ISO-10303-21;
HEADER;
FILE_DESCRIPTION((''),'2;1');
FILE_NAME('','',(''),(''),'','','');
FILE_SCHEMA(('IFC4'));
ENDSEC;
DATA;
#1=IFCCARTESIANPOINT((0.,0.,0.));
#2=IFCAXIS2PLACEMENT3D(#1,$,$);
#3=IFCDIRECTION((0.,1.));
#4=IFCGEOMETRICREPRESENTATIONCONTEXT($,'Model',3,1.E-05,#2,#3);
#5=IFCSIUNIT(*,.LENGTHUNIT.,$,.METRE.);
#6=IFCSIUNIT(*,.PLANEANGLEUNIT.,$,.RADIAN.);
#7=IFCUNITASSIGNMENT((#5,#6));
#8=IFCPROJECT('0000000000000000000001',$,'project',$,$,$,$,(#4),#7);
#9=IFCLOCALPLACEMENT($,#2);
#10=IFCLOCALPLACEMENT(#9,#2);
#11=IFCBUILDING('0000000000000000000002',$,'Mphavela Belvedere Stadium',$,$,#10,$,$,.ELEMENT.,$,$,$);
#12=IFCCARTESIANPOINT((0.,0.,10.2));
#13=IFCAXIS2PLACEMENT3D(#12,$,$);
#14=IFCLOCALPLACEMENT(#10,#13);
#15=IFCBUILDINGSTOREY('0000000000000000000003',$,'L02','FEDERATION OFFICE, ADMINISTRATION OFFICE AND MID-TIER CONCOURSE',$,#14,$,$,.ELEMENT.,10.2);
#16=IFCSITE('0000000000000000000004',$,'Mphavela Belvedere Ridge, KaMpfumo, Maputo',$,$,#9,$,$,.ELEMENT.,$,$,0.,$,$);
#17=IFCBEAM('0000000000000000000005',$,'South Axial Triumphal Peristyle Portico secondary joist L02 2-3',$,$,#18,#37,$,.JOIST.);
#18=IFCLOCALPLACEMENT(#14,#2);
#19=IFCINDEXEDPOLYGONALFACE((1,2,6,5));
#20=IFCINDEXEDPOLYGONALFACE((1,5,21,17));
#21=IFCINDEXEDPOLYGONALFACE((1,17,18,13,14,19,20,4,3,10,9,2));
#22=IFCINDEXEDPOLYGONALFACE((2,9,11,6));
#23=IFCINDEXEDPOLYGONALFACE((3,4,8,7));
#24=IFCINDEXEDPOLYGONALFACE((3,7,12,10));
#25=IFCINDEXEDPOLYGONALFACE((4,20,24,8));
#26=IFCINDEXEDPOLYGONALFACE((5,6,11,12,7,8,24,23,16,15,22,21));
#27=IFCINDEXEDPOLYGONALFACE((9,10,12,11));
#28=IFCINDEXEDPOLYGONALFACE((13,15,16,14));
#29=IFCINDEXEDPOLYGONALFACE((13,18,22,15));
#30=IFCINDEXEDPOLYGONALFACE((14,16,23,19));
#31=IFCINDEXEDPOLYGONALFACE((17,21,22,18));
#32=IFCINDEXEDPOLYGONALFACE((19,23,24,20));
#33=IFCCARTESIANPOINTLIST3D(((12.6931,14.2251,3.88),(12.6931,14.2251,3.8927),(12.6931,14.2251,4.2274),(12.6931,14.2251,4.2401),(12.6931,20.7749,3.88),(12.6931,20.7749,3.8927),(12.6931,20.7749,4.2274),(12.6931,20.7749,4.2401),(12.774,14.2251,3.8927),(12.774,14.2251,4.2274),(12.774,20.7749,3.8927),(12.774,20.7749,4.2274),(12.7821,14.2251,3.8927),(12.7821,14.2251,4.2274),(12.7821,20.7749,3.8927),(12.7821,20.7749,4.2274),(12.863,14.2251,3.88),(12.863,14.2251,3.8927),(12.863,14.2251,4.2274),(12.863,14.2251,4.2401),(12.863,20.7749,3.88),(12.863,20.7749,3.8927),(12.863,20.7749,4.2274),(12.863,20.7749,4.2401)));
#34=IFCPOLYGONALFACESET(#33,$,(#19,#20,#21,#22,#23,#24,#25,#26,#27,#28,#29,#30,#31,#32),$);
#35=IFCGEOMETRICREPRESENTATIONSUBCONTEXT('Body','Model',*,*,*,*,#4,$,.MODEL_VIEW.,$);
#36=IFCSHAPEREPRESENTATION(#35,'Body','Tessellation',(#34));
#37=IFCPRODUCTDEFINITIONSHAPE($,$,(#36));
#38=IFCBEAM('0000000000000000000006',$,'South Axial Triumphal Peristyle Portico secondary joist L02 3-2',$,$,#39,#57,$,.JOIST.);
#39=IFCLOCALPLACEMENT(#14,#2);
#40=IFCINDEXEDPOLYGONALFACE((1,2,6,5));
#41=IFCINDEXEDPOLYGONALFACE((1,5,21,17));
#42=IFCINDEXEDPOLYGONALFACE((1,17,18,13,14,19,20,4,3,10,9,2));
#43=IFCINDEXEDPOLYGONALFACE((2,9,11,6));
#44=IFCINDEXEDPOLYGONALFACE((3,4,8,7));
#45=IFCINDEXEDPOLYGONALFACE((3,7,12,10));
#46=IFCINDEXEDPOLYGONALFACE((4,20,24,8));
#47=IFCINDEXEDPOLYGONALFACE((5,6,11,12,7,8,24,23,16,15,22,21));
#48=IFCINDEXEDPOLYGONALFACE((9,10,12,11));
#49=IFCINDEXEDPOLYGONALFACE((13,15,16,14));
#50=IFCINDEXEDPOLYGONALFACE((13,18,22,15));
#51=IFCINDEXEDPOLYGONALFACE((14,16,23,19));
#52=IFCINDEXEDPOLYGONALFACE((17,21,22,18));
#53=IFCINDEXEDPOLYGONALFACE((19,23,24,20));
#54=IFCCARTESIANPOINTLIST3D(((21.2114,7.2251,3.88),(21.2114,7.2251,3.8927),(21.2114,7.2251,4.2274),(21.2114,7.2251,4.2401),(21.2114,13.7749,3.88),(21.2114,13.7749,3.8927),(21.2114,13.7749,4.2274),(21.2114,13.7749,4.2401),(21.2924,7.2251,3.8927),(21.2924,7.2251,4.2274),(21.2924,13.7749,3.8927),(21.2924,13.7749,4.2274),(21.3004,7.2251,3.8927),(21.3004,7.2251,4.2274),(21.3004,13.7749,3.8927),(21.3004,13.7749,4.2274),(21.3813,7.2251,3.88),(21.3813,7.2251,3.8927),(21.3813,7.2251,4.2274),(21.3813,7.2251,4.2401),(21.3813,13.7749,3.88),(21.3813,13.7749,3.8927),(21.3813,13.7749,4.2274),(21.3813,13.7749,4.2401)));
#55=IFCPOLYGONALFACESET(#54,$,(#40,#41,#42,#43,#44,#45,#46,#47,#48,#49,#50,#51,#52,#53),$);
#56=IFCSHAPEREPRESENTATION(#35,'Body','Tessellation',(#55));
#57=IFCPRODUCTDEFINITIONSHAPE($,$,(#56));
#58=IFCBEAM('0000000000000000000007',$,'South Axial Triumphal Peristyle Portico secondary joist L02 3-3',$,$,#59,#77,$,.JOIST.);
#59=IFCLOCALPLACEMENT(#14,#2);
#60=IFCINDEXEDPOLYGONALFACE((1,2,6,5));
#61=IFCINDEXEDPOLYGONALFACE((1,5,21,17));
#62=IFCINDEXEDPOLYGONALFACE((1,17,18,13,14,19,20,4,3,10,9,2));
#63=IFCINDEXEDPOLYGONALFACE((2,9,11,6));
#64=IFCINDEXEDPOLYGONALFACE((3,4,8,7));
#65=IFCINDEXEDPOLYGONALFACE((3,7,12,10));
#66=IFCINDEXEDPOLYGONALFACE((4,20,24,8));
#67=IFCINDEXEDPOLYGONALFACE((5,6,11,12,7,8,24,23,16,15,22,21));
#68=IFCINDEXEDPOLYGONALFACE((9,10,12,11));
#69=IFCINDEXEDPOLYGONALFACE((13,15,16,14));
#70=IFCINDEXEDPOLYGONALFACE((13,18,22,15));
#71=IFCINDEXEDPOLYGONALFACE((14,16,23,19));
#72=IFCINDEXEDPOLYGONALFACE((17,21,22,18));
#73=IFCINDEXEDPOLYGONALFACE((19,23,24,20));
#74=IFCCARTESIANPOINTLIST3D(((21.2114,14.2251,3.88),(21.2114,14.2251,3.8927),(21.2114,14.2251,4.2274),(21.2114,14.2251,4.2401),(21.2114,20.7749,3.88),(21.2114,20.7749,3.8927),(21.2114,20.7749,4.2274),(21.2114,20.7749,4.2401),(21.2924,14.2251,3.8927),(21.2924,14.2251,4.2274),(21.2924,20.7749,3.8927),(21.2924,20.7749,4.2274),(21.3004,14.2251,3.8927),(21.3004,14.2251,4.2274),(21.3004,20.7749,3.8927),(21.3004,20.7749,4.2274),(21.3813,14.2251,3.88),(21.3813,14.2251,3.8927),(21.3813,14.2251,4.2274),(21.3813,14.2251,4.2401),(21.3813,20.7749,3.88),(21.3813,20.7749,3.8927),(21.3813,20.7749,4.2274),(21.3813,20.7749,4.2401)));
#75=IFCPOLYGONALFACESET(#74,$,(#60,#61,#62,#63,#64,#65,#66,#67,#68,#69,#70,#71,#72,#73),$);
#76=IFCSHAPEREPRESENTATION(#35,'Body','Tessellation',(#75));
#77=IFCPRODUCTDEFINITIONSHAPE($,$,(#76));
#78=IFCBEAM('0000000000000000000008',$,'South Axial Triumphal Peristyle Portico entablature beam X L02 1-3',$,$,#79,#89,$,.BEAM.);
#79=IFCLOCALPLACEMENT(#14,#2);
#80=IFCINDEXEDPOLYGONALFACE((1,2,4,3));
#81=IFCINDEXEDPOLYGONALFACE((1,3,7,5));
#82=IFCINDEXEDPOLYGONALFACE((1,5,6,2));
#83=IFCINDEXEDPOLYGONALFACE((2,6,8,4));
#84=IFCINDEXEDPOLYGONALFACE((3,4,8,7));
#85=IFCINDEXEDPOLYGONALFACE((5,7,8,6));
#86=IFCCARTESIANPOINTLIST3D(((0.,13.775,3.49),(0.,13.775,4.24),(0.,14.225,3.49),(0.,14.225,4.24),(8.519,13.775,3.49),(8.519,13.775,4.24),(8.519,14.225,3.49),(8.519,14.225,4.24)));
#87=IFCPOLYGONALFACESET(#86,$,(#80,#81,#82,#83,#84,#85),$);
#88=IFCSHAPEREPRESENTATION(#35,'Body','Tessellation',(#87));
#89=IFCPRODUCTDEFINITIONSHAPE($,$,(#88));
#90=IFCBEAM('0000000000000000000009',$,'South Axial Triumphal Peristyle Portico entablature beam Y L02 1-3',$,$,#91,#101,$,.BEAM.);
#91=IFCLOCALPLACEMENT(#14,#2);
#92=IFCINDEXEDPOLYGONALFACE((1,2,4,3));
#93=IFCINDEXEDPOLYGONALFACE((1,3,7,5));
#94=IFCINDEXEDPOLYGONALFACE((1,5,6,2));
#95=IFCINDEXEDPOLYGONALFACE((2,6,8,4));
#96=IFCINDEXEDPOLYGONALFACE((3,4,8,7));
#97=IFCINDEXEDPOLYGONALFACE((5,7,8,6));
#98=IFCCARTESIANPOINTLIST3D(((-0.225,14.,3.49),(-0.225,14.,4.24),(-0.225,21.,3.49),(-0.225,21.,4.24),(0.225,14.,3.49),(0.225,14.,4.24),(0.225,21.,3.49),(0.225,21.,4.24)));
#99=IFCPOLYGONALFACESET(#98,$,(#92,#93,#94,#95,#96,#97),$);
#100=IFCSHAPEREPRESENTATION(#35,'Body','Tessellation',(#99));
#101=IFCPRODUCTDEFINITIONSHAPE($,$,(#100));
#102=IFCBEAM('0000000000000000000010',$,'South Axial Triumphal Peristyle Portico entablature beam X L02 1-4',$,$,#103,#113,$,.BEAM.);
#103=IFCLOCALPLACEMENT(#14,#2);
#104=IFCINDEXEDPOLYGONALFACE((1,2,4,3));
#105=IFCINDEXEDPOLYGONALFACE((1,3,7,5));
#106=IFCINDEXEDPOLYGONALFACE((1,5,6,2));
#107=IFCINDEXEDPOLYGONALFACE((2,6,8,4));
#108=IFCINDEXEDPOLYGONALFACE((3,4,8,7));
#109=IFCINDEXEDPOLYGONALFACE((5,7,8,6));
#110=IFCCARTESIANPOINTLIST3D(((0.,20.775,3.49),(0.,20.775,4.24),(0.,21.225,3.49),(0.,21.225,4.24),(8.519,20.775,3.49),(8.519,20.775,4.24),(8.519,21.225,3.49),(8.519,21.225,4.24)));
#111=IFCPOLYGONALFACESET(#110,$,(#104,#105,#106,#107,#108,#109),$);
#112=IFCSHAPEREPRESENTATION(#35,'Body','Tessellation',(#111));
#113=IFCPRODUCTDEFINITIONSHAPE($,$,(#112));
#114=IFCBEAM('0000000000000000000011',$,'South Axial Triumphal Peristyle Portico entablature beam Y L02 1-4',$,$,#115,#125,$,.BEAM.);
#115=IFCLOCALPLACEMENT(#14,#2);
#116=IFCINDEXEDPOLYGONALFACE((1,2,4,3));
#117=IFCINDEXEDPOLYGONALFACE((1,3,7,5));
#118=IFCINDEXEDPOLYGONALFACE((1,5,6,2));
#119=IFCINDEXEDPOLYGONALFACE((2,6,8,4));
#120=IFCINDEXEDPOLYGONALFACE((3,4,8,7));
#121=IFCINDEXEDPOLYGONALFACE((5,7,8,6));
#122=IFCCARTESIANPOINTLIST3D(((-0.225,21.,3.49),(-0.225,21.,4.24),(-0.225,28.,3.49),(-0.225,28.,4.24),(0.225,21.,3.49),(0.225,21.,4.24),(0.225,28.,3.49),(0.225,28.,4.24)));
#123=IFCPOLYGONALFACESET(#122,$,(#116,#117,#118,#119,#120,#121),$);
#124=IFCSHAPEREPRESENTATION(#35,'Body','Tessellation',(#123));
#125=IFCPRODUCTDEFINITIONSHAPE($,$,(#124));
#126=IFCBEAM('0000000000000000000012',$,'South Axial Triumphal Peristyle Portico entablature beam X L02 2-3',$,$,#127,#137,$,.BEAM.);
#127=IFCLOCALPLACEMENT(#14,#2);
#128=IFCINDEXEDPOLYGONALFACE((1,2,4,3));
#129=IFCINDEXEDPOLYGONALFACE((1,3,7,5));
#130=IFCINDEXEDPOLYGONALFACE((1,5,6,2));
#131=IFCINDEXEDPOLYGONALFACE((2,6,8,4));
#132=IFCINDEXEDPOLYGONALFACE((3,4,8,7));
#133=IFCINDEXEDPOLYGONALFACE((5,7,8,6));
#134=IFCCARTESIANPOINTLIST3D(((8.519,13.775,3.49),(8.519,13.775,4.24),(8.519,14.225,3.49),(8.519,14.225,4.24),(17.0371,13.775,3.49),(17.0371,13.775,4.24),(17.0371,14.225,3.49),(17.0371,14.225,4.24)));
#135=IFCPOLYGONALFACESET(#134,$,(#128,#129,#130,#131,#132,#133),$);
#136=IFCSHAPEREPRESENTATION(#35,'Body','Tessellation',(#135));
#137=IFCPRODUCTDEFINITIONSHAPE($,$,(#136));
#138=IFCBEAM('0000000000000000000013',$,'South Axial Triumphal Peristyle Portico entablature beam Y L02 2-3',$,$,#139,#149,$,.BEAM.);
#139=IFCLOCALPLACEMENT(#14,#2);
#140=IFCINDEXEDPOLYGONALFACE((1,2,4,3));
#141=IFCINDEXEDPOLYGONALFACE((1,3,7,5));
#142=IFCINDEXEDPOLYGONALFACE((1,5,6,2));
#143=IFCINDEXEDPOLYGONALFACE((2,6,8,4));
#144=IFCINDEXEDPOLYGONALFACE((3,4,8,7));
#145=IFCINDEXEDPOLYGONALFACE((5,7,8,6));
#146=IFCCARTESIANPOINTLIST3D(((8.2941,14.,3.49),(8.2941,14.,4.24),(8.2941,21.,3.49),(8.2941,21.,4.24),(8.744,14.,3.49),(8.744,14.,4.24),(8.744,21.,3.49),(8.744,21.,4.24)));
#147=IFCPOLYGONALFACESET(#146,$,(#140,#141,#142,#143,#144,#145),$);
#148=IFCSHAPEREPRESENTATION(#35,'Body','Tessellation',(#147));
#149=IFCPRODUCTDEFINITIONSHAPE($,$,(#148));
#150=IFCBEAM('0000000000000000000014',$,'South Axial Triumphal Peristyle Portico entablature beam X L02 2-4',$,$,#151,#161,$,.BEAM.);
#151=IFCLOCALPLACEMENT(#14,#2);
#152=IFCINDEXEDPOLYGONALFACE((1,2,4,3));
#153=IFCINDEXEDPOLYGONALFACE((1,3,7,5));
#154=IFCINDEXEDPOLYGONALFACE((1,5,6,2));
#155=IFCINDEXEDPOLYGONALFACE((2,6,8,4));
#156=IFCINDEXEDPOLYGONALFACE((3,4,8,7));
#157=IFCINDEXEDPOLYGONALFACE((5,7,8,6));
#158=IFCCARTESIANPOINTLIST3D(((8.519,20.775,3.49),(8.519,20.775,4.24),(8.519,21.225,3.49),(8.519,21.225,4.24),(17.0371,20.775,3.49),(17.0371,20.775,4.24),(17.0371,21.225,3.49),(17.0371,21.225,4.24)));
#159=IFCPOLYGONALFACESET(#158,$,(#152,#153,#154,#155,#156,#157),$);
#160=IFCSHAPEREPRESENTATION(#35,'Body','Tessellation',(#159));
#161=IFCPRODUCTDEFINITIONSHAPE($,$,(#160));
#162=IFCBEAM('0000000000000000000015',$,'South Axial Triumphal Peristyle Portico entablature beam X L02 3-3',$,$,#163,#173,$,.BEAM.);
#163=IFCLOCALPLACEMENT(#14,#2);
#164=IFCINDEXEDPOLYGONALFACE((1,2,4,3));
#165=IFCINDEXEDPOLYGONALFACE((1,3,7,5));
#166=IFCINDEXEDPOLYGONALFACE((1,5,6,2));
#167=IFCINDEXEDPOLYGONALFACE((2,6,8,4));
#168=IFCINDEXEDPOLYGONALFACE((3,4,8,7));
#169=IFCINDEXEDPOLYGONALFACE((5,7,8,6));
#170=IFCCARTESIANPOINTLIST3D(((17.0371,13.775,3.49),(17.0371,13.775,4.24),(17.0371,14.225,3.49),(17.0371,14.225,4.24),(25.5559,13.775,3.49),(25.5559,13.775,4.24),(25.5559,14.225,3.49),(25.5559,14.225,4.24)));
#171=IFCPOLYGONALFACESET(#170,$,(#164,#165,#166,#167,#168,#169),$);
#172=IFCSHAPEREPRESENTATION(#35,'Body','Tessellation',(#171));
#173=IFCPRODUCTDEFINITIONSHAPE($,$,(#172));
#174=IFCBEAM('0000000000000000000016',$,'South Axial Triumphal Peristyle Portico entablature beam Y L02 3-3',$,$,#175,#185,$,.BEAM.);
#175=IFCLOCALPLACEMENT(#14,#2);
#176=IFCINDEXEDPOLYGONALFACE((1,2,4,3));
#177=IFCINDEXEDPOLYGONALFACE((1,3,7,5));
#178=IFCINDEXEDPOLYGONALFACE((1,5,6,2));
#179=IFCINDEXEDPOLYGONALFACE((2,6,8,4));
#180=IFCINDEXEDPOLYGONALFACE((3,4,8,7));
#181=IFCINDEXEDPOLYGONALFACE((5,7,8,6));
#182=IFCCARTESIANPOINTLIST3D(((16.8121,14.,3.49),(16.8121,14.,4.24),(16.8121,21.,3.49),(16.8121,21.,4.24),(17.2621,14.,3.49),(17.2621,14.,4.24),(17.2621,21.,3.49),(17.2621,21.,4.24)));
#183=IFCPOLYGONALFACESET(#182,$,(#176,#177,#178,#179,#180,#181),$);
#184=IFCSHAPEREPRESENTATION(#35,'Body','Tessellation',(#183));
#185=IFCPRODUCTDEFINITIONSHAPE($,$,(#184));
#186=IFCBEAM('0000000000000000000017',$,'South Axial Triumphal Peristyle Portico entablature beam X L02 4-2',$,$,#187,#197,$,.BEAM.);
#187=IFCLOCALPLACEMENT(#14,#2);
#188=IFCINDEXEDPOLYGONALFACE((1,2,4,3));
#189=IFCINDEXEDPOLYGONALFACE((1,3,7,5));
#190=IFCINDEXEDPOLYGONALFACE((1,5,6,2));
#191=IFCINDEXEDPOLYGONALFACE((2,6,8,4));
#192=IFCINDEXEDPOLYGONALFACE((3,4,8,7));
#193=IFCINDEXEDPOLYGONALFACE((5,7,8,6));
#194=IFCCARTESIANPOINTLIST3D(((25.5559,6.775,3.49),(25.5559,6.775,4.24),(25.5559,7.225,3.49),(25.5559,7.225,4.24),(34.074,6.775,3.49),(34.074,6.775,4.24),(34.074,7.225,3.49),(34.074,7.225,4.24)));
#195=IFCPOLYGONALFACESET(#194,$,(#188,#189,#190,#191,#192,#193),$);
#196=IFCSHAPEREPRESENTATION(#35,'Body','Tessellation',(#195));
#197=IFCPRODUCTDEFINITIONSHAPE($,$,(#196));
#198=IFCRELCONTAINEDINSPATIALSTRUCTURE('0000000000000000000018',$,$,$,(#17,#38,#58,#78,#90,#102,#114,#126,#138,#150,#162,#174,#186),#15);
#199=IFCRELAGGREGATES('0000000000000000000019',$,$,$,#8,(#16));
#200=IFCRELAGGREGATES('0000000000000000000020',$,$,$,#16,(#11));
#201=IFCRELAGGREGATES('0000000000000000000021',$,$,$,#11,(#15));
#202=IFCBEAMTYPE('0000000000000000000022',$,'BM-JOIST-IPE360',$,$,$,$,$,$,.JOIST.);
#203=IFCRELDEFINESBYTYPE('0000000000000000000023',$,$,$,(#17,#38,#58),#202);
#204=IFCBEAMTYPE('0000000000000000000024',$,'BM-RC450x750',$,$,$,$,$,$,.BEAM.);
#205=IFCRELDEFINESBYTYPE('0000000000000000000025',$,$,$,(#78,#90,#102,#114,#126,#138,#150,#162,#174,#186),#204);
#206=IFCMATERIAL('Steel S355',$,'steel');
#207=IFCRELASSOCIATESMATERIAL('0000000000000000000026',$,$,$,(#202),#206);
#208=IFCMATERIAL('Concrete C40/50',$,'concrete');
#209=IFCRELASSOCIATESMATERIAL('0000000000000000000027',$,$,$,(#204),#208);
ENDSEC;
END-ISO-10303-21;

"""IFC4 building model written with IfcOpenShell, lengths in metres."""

from ifc_helpers import new_model, si_unit, direction, frame, origin, origin_2d, place, context, subcontext, project, spatial, rectangle, i_section, extrude, material, material_profile, profile_set, type_object, element, save


model = new_model("IFC4")

# Units and contexts
model_context = context("Model", 3, precision=1e-05, world=origin(), true_north=direction((0.0, 1.0)))
body_context = subcontext(model_context, "Body", "Model", "MODEL_VIEW")
ifc_project = project(units=[si_unit("LENGTHUNIT", "METRE"), si_unit("PLANEANGLEUNIT", "RADIAN")], contexts=[model_context])

# Site, building, storey
site_placement = place(None, origin())
site = spatial("IfcSite", under=ifc_project, at=site_placement, Name="Mphavela Belvedere Ridge, KaMpfumo, Maputo", CompositionType="ELEMENT", RefElevation=0.0)
building_placement = place(site_placement, origin())
building = spatial("IfcBuilding", under=site, at=building_placement, Name="Mphavela Belvedere Stadium", CompositionType="ELEMENT")
storey_placement = place(building_placement, frame((0.0, 0.0, 10.2)))
storey = spatial("IfcBuildingStorey", under=building, at=storey_placement, Name="L02", Description="FEDERATION OFFICE, ADMINISTRATION OFFICE AND MID-TIER CONCOURSE", CompositionType="ELEMENT", Elevation=10.2)

# Beams
ifc_material_1 = material(Name="Steel S355", Category="steel")
ifc_material_profile_1 = material_profile(ifc_material_1, i_section(OverallWidth=0.1699, OverallDepth=0.3601, WebThickness=0.0081, FlangeThickness=0.0127, at=origin_2d()), Name="IPE 360")
ifc_profile_set_1 = profile_set([ifc_material_profile_1], Name="Steel S355")
beam_type_1 = type_object("IfcBeamType", Name="BM-JOIST-IPE360", PredefinedType="JOIST", material=ifc_profile_set_1)
for number, where, z_axis, x_axis, name in (
    (1, (12.7781, 14.2251, 4.0601), (0.0, 1.0, 0.0), (-1.0, 0.0, 0.0), "South Axial Triumphal Peristyle Portico secondary joist L02 2-3"),
    (2, (21.2964, 7.2251, 4.0601), (0.0, 1.0, 0.0), (-1.0, 0.0, 0.0), "South Axial Triumphal Peristyle Portico secondary joist L02 3-2"),
    (3, (21.2964, 14.2251, 4.0601), (0.0, 1.0, 0.0), (-1.0, 0.0, 0.0), "South Axial Triumphal Peristyle Portico secondary joist L02 3-3"),
):
    element("IfcBeam", number, at=place(storey_placement, frame(where, z_axis=z_axis, x_axis=x_axis)), inside=storey, type_object=beam_type_1, Name=name, PredefinedType="JOIST", context=body_context, shape_type="SweptSolid", body=[
        extrude(i_section(OverallWidth=0.1699, OverallDepth=0.3601, WebThickness=0.0081, FlangeThickness=0.0127, at=origin_2d()), origin(), (0.0, 0.0, 1.0), 6.5498),
    ])
ifc_material_2 = material(Name="Concrete C40/50", Category="concrete")
ifc_material_profile_2 = material_profile(ifc_material_2, rectangle(XDim=0.45, YDim=0.75, at=origin_2d()), Name="RC 450x750")
ifc_profile_set_2 = profile_set([ifc_material_profile_2], Name="Concrete C40/50")
beam_type_2 = type_object("IfcBeamType", Name="BM-RC450x750", PredefinedType="BEAM", material=ifc_profile_set_2)
beam_1_placement = place(storey_placement, frame((0.0, 14.0, 3.865), z_axis=(1.0, 0.0, 0.0), x_axis=(0.0, 1.0, 0.0)))
element("IfcBeam", 4, at=beam_1_placement, inside=storey, type_object=beam_type_2, Name="South Axial Triumphal Peristyle Portico entablature beam X L02 1-3", PredefinedType="BEAM", context=body_context, shape_type="SweptSolid", body=[
    extrude(rectangle(XDim=0.45, YDim=0.75, at=origin_2d()), origin(), (0.0, 0.0, 1.0), 8.519),
])
beam_2_placement = place(storey_placement, frame((0.0, 14.0, 3.865), z_axis=(0.0, 1.0, 0.0), x_axis=(-1.0, 0.0, 0.0)))
element("IfcBeam", 5, at=beam_2_placement, inside=storey, type_object=beam_type_2, Name="South Axial Triumphal Peristyle Portico entablature beam Y L02 1-3", PredefinedType="BEAM", context=body_context, shape_type="SweptSolid", body=[
    extrude(rectangle(XDim=0.45, YDim=0.75, at=origin_2d()), origin(), (0.0, 0.0, 1.0), 7.0),
])
beam_3_placement = place(storey_placement, frame((0.0, 21.0, 3.865), z_axis=(1.0, 0.0, 0.0), x_axis=(0.0, 1.0, 0.0)))
element("IfcBeam", 6, at=beam_3_placement, inside=storey, type_object=beam_type_2, Name="South Axial Triumphal Peristyle Portico entablature beam X L02 1-4", PredefinedType="BEAM", context=body_context, shape_type="SweptSolid", body=[
    extrude(rectangle(XDim=0.45, YDim=0.75, at=origin_2d()), origin(), (0.0, 0.0, 1.0), 8.519),
])
beam_4_placement = place(storey_placement, frame((0.0, 21.0, 3.865), z_axis=(0.0, 1.0, 0.0), x_axis=(-1.0, 0.0, 0.0)))
element("IfcBeam", 7, at=beam_4_placement, inside=storey, type_object=beam_type_2, Name="South Axial Triumphal Peristyle Portico entablature beam Y L02 1-4", PredefinedType="BEAM", context=body_context, shape_type="SweptSolid", body=[
    extrude(rectangle(XDim=0.45, YDim=0.75, at=origin_2d()), origin(), (0.0, 0.0, 1.0), 7.0),
])
beam_5_placement = place(storey_placement, frame((8.519, 14.0, 3.865), z_axis=(1.0, 0.0, 0.0), x_axis=(0.0, 1.0, 0.0)))
element("IfcBeam", 8, at=beam_5_placement, inside=storey, type_object=beam_type_2, Name="South Axial Triumphal Peristyle Portico entablature beam X L02 2-3", PredefinedType="BEAM", context=body_context, shape_type="SweptSolid", body=[
    extrude(rectangle(XDim=0.45, YDim=0.75, at=origin_2d()), origin(), (0.0, 0.0, 1.0), 8.5181),
])
beam_6_placement = place(storey_placement, frame((8.519, 14.0, 3.865), z_axis=(0.0, 1.0, 0.0), x_axis=(-1.0, 0.0, 0.0)))
element("IfcBeam", 9, at=beam_6_placement, inside=storey, type_object=beam_type_2, Name="South Axial Triumphal Peristyle Portico entablature beam Y L02 2-3", PredefinedType="BEAM", context=body_context, shape_type="SweptSolid", body=[
    extrude(rectangle(XDim=0.45, YDim=0.75, at=origin_2d()), origin(), (0.0, 0.0, 1.0), 7.0),
])
beam_7_placement = place(storey_placement, frame((8.519, 21.0, 3.865), z_axis=(1.0, 0.0, 0.0), x_axis=(0.0, 1.0, 0.0)))
element("IfcBeam", 10, at=beam_7_placement, inside=storey, type_object=beam_type_2, Name="South Axial Triumphal Peristyle Portico entablature beam X L02 2-4", PredefinedType="BEAM", context=body_context, shape_type="SweptSolid", body=[
    extrude(rectangle(XDim=0.45, YDim=0.75, at=origin_2d()), origin(), (0.0, 0.0, 1.0), 8.5181),
])
beam_8_placement = place(storey_placement, frame((17.0371, 14.0, 3.865), z_axis=(1.0, 0.0, 0.0), x_axis=(0.0, 1.0, 0.0)))
element("IfcBeam", 11, at=beam_8_placement, inside=storey, type_object=beam_type_2, Name="South Axial Triumphal Peristyle Portico entablature beam X L02 3-3", PredefinedType="BEAM", context=body_context, shape_type="SweptSolid", body=[
    extrude(rectangle(XDim=0.45, YDim=0.75, at=origin_2d()), origin(), (0.0, 0.0, 1.0), 8.5188),
])
beam_9_placement = place(storey_placement, frame((17.0371, 14.0, 3.865), z_axis=(0.0, 1.0, 0.0), x_axis=(-1.0, 0.0, 0.0)))
element("IfcBeam", 12, at=beam_9_placement, inside=storey, type_object=beam_type_2, Name="South Axial Triumphal Peristyle Portico entablature beam Y L02 3-3", PredefinedType="BEAM", context=body_context, shape_type="SweptSolid", body=[
    extrude(rectangle(XDim=0.45, YDim=0.75, at=origin_2d()), origin(), (0.0, 0.0, 1.0), 7.0),
])
beam_10_placement = place(storey_placement, frame((25.5559, 7.0, 3.865), z_axis=(1.0, 0.0, 0.0), x_axis=(0.0, 1.0, 0.0)))
element("IfcBeam", 13, at=beam_10_placement, inside=storey, type_object=beam_type_2, Name="South Axial Triumphal Peristyle Portico entablature beam X L02 4-2", PredefinedType="BEAM", context=body_context, shape_type="SweptSolid", body=[
    extrude(rectangle(XDim=0.45, YDim=0.75, at=origin_2d()), origin(), (0.0, 0.0, 1.0), 8.5181),
])

save(model, "model.ifc")
